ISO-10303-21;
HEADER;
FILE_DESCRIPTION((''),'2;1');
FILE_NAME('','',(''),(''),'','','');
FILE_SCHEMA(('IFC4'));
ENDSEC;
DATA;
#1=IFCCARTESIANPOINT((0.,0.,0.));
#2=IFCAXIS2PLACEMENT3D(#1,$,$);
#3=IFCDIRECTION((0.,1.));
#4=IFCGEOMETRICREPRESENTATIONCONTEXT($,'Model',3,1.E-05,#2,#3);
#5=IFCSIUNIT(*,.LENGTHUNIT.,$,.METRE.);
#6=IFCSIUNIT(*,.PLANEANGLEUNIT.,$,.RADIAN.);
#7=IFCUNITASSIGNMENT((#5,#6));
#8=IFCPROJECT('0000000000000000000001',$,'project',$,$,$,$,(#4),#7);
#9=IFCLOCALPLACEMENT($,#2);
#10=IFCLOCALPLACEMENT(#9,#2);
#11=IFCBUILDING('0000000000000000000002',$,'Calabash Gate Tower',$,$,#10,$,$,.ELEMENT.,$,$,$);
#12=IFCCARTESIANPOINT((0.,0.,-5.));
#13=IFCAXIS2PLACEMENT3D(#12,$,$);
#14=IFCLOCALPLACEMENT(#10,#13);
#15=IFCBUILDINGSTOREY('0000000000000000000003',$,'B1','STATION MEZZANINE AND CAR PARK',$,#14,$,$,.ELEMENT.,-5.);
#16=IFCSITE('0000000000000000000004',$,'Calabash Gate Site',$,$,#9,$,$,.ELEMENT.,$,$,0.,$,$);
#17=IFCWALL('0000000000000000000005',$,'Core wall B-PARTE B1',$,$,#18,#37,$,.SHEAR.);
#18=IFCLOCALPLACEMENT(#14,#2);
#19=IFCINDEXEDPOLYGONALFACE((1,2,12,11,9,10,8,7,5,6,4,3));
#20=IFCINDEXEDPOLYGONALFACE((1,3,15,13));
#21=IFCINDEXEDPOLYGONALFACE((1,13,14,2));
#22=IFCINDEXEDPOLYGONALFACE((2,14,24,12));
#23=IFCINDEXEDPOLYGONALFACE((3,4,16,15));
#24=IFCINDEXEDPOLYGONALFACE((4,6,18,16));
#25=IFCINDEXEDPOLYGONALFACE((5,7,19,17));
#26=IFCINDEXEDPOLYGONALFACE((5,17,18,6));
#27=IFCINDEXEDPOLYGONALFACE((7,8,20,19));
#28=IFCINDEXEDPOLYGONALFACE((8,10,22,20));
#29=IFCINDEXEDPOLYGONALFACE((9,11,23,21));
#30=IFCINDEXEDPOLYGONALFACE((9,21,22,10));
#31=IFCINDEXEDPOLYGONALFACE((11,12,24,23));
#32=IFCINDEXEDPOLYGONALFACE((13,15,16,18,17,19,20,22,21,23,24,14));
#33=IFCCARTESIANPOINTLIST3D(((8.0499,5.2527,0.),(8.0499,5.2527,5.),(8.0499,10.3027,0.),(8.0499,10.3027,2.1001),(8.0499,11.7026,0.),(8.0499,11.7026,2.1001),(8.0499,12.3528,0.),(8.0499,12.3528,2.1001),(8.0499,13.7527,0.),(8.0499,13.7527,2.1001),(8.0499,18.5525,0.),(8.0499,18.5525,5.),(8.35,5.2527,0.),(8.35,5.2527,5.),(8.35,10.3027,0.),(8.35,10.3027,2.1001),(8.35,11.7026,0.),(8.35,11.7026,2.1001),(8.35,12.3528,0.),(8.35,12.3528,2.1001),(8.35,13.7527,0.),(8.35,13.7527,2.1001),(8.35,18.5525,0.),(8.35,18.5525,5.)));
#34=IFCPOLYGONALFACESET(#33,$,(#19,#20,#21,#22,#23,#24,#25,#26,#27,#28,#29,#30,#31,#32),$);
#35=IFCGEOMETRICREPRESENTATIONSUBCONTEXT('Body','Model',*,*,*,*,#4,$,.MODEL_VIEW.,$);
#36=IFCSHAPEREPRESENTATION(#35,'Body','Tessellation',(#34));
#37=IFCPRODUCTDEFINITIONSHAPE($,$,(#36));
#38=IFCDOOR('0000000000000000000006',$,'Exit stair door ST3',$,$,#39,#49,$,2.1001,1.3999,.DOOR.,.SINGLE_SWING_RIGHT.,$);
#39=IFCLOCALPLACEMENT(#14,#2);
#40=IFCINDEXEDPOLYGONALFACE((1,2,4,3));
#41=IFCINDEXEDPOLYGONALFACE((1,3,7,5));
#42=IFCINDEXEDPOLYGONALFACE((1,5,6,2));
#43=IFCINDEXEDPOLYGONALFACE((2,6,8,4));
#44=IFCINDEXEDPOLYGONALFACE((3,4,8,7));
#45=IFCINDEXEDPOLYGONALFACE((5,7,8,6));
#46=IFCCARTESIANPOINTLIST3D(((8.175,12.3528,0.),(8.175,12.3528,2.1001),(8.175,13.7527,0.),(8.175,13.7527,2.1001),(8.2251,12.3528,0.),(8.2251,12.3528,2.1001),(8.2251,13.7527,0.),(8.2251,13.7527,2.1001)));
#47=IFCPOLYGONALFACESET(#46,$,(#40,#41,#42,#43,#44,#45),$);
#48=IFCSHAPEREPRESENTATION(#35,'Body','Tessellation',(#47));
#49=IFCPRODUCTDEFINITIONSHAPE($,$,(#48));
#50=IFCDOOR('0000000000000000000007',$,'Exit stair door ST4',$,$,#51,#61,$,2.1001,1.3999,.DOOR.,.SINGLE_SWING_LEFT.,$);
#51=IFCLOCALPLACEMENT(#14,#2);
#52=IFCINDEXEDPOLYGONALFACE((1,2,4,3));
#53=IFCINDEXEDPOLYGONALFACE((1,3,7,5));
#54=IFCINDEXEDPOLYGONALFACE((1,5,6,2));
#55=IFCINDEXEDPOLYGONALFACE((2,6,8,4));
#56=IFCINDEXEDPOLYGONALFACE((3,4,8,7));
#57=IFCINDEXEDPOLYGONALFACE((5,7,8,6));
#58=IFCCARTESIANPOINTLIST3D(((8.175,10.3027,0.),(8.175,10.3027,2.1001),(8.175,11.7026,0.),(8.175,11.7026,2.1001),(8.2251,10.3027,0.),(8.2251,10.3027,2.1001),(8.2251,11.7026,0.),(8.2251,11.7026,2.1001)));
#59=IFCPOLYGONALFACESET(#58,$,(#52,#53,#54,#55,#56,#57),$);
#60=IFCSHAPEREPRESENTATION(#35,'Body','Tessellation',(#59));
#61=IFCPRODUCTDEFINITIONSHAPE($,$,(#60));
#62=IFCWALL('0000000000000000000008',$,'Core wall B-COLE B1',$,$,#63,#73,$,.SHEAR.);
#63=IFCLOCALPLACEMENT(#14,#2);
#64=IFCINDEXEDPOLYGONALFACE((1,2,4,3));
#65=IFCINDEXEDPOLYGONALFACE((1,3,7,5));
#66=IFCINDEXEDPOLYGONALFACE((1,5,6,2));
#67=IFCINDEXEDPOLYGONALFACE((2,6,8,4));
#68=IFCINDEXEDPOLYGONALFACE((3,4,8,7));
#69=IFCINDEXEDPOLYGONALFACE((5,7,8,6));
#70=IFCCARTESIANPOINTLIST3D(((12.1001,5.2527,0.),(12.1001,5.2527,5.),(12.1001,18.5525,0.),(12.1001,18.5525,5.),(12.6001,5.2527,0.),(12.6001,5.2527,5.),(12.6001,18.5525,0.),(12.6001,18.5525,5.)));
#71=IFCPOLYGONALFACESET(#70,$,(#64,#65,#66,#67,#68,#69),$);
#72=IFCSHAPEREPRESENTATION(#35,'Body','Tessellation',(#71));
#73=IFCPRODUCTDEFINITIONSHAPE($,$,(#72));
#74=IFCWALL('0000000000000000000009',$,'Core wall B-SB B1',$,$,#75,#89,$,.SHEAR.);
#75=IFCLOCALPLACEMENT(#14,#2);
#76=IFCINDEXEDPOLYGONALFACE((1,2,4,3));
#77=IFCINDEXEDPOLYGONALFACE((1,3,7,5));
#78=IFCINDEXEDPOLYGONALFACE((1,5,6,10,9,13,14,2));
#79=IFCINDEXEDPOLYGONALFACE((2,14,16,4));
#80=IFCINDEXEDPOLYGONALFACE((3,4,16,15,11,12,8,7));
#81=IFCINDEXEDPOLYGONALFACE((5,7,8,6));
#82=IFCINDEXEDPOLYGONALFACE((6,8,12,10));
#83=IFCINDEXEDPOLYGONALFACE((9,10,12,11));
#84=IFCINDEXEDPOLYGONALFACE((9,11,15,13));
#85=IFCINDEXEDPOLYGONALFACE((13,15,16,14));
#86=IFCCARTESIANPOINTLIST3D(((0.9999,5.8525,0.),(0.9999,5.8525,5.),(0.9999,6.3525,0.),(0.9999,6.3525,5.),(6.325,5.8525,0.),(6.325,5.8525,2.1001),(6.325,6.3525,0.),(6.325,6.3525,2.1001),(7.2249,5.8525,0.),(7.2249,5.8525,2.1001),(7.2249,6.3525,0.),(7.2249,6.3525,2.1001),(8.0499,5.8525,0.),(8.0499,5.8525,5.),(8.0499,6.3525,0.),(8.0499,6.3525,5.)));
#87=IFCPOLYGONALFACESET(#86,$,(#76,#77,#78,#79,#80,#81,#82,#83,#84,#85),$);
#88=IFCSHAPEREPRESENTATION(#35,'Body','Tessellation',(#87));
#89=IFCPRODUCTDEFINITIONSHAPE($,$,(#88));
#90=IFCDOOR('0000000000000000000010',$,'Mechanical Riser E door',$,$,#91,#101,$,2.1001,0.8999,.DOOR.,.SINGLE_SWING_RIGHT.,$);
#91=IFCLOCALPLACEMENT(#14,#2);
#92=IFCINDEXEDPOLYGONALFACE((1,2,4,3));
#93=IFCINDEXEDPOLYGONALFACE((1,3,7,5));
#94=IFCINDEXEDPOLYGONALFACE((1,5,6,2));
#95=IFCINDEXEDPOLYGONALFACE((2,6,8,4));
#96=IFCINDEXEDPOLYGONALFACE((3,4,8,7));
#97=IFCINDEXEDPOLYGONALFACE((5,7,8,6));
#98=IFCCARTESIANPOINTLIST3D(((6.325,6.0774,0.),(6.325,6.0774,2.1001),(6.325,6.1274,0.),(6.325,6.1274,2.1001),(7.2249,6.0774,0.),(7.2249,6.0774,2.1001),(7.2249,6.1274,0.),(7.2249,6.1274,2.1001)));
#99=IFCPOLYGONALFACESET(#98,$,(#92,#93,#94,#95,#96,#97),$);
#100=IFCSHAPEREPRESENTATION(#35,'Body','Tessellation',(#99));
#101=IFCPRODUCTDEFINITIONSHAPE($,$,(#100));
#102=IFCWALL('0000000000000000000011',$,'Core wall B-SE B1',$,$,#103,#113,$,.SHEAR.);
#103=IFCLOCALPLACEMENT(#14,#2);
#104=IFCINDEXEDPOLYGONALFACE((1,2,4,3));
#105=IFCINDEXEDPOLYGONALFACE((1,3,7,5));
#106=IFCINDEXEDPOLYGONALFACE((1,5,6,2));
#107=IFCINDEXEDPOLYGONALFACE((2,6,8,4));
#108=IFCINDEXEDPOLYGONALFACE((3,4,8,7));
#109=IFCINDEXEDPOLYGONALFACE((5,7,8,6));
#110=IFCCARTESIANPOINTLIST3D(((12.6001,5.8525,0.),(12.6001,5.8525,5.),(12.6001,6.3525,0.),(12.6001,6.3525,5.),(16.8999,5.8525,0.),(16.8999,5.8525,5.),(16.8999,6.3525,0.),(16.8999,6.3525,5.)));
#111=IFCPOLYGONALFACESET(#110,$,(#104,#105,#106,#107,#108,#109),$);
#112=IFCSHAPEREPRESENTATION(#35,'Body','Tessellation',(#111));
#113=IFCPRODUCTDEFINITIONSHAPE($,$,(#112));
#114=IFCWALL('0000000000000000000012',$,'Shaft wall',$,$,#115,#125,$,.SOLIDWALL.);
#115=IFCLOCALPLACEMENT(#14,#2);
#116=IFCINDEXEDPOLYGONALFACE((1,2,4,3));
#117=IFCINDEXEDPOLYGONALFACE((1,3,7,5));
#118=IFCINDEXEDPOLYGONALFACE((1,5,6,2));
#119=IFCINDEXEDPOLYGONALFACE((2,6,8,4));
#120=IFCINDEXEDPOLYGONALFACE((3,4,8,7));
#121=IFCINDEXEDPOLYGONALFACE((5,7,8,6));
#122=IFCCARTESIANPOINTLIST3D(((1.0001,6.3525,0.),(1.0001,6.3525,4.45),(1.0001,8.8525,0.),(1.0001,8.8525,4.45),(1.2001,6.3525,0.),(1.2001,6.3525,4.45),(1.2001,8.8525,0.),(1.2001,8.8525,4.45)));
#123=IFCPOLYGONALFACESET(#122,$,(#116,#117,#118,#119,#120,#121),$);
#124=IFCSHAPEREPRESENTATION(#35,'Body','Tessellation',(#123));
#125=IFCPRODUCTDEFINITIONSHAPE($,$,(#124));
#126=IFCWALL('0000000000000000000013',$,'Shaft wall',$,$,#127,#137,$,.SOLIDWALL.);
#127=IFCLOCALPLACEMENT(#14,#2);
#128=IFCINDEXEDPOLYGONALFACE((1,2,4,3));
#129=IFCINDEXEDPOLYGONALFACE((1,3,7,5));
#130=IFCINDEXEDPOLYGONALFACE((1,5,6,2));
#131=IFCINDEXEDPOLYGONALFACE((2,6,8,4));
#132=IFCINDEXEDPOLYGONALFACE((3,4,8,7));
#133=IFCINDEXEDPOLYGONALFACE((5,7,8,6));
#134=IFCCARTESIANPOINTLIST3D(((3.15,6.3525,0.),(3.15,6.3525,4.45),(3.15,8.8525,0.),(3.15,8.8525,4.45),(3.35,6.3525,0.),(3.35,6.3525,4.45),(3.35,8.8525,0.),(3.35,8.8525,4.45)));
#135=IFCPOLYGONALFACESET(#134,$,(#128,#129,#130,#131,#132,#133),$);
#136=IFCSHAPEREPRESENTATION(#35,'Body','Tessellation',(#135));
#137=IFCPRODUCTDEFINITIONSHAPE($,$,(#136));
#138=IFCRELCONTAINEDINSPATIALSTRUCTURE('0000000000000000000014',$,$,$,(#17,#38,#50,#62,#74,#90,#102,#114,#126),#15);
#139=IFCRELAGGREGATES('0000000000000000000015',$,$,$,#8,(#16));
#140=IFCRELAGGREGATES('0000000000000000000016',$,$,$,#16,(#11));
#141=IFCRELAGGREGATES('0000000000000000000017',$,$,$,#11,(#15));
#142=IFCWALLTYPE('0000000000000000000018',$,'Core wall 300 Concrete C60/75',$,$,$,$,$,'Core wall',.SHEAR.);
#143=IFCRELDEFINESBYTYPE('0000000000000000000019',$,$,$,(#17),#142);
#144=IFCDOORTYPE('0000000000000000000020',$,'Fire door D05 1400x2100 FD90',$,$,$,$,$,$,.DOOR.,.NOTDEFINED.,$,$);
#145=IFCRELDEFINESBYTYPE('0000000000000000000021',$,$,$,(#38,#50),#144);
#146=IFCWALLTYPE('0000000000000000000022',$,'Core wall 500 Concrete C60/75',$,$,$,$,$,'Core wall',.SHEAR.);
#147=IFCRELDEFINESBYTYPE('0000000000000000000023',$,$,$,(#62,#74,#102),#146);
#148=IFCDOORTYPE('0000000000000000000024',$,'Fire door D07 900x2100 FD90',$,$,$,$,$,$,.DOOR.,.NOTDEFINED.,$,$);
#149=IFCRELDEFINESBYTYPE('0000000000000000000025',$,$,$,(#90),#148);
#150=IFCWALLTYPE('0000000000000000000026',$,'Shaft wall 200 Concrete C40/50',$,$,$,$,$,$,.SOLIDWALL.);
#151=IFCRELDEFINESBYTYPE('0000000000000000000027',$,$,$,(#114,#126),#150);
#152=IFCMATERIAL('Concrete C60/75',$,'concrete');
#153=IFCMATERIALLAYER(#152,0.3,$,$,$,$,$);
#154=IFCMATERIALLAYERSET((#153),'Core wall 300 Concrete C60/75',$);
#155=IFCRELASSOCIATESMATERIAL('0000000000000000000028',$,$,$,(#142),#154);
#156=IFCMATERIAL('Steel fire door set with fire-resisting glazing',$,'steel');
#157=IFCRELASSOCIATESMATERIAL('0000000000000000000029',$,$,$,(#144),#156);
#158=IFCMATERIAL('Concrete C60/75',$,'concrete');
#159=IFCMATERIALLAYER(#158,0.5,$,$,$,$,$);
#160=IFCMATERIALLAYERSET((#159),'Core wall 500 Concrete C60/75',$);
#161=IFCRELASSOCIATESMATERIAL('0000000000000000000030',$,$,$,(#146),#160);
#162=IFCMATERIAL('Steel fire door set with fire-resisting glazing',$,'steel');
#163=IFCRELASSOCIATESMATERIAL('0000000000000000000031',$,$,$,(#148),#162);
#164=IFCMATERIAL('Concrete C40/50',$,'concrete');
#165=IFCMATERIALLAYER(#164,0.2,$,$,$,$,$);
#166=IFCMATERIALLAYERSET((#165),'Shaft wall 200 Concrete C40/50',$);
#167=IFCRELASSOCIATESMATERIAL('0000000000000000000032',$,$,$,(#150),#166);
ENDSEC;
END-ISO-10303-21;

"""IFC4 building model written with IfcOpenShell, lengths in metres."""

from ifc_helpers import new_model, si_unit, direction, frame, frame_2d, origin, place, context, subcontext, project, spatial, rectangle, extrude, material, layer, layer_set, type_object, element, fill, save


model = new_model("IFC4")

# Units and contexts
model_context = context("Model", 3, precision=1e-05, world=origin(), true_north=direction((0.0, 1.0)))
body_context = subcontext(model_context, "Body", "Model", "MODEL_VIEW")
ifc_project = project(units=[si_unit("LENGTHUNIT", "METRE"), si_unit("PLANEANGLEUNIT", "RADIAN")], contexts=[model_context])

# Site, building, storey
site_placement = place(None, origin())
site = spatial("IfcSite", under=ifc_project, at=site_placement, Name="Calabash Gate Site", CompositionType="ELEMENT", RefElevation=0.0)
building_placement = place(site_placement, origin())
building = spatial("IfcBuilding", under=site, at=building_placement, Name="Calabash Gate Tower", CompositionType="ELEMENT")
storey_placement = place(building_placement, frame((0.0, 0.0, -5.0)))
storey = spatial("IfcBuildingStorey", under=building, at=storey_placement, Name="B1", Description="STATION MEZZANINE AND CAR PARK", CompositionType="ELEMENT", Elevation=-5.0)

# Wall, openings, doors
ifc_material_1 = material(Name="Concrete C60/75", Category="concrete")
ifc_layer_1 = layer(ifc_material_1, 0.3)
ifc_layer_set_1 = layer_set([ifc_layer_1], Name="Core wall 300 Concrete C60/75")
wall_type_1 = type_object("IfcWallType", Name="Core wall 300 Concrete C60/75", ElementType="Core wall", PredefinedType="SHEAR", material=ifc_layer_set_1)
wall_1_placement = place(storey_placement, frame((8.2, 5.2527, 0.0), z_axis=(0.0, 0.0, 1.0), x_axis=(0.0, 1.0, 0.0)))
wall_1 = element("IfcWall", 1, at=wall_1_placement, inside=storey, type_object=wall_type_1, Name="Core wall B-PARTE B1", PredefinedType="SHEAR", context=body_context, shape_type="SweptSolid", body=[
    extrude(rectangle(XDim=13.2998, YDim=0.3, at=frame_2d((6.6499, 0.0))), origin(), (0.0, 0.0, 1.0), 5.0),
])
opening_1_placement = place(wall_1_placement, frame((7.1001, 0.0, 0.0)))
opening_1 = element("IfcOpeningElement", 2, at=opening_1_placement, cuts=wall_1, PredefinedType="OPENING", context=body_context, shape_type="SweptSolid", body=[
    extrude(rectangle(XDim=1.3999, YDim=2.1001, at=frame_2d((0.7, 1.05))), frame((0.0, 0.1599, 0.0), z_axis=(0.0, -1.0, 0.0), x_axis=(1.0, 0.0, 0.0)), (0.0, 0.0, 1.0), 0.3201),
])
opening_2_placement = place(wall_1_placement, frame((5.05, 0.0, 0.0)))
opening_2 = element("IfcOpeningElement", 3, at=opening_2_placement, cuts=wall_1, PredefinedType="OPENING", context=body_context, shape_type="SweptSolid", body=[
    extrude(rectangle(XDim=1.3999, YDim=2.1001, at=frame_2d((0.7, 1.05))), frame((0.0, 0.1599, 0.0), z_axis=(0.0, -1.0, 0.0), x_axis=(1.0, 0.0, 0.0)), (0.0, 0.0, 1.0), 0.3201),
])
ifc_material_2 = material(Name="Steel fire door set with fire-resisting glazing", Category="steel")
door_type_1 = type_object("IfcDoorType", Name="Fire door D05 1400x2100 FD90", OperationType="NOTDEFINED", PredefinedType="DOOR", material=ifc_material_2)
door_1_placement = place(opening_1_placement, origin())
door_1 = element("IfcDoor", 4, at=door_1_placement, inside=storey, type_object=door_type_1, Name="Exit stair door ST3", OperationType="SINGLE_SWING_RIGHT", OverallHeight=2.1001, OverallWidth=1.3999, PredefinedType="DOOR", context=body_context, shape_type="SweptSolid", body=[
    extrude(rectangle(XDim=1.3999, YDim=2.1001, at=frame_2d((0.7, 1.05))), frame((0.0, 0.0249, 0.0), z_axis=(0.0, -1.0, 0.0), x_axis=(1.0, 0.0, 0.0)), (0.0, 0.0, 1.0), 0.05),
])
fill(opening_1, door_1)
door_2_placement = place(opening_2_placement, origin())
door_2 = element("IfcDoor", 5, at=door_2_placement, inside=storey, type_object=door_type_1, Name="Exit stair door ST4", OperationType="SINGLE_SWING_LEFT", OverallHeight=2.1001, OverallWidth=1.3999, PredefinedType="DOOR", context=body_context, shape_type="SweptSolid", body=[
    extrude(rectangle(XDim=1.3999, YDim=2.1001, at=frame_2d((0.7, 1.05))), frame((0.0, 0.0249, 0.0), z_axis=(0.0, -1.0, 0.0), x_axis=(1.0, 0.0, 0.0)), (0.0, 0.0, 1.0), 0.05),
])
fill(opening_2, door_2)

# Wall
ifc_material_3 = material(Name="Concrete C60/75", Category="concrete")
ifc_layer_2 = layer(ifc_material_3, 0.5)
ifc_layer_set_2 = layer_set([ifc_layer_2], Name="Core wall 500 Concrete C60/75")
wall_type_2 = type_object("IfcWallType", Name="Core wall 500 Concrete C60/75", ElementType="Core wall", PredefinedType="SHEAR", material=ifc_layer_set_2)
wall_2_placement = place(storey_placement, frame((12.3501, 5.2527, 0.0), z_axis=(0.0, 0.0, 1.0), x_axis=(0.0, 1.0, 0.0)))
element("IfcWall", 6, at=wall_2_placement, inside=storey, type_object=wall_type_2, Name="Core wall B-COLE B1", PredefinedType="SHEAR", context=body_context, shape_type="SweptSolid", body=[
    extrude(rectangle(XDim=13.2998, YDim=0.5, at=frame_2d((6.6499, 0.0))), origin(), (0.0, 0.0, 1.0), 5.0),
])

# Wall, opening, door
wall_3_placement = place(storey_placement, frame((1.0, 6.1025, 0.0), z_axis=(0.0, 0.0, 1.0), x_axis=(1.0, 0.0, 0.0)))
wall_3 = element("IfcWall", 7, at=wall_3_placement, inside=storey, type_object=wall_type_2, Name="Core wall B-SB B1", PredefinedType="SHEAR", context=body_context, shape_type="SweptSolid", body=[
    extrude(rectangle(XDim=7.05, YDim=0.5, at=frame_2d((3.5249, 0.0))), origin(), (0.0, 0.0, 1.0), 5.0),
])
opening_3_placement = place(wall_3_placement, frame((5.325, 0.0, 0.0)))
opening_3 = element("IfcOpeningElement", 8, at=opening_3_placement, cuts=wall_3, PredefinedType="OPENING", context=body_context, shape_type="SweptSolid", body=[
    extrude(rectangle(XDim=0.8999, YDim=2.1001, at=frame_2d((0.45, 1.05))), frame((0.0, 0.26, 0.0), z_axis=(0.0, -1.0, 0.0), x_axis=(1.0, 0.0, 0.0)), (0.0, 0.0, 1.0), 0.52),
])
ifc_material_4 = material(Name="Steel fire door set with fire-resisting glazing", Category="steel")
door_type_2 = type_object("IfcDoorType", Name="Fire door D07 900x2100 FD90", OperationType="NOTDEFINED", PredefinedType="DOOR", material=ifc_material_4)
door_3_placement = place(opening_3_placement, origin())
door_3 = element("IfcDoor", 9, at=door_3_placement, inside=storey, type_object=door_type_2, Name="Mechanical Riser E door", OperationType="SINGLE_SWING_RIGHT", OverallHeight=2.1001, OverallWidth=0.8999, PredefinedType="DOOR", context=body_context, shape_type="SweptSolid", body=[
    extrude(rectangle(XDim=0.8999, YDim=2.1001, at=frame_2d((0.45, 1.05))), frame((0.0, 0.0249, 0.0), z_axis=(0.0, -1.0, 0.0), x_axis=(1.0, 0.0, 0.0)), (0.0, 0.0, 1.0), 0.05),
])
fill(opening_3, door_3)

# Walls
wall_4_placement = place(storey_placement, frame((12.6001, 6.1025, 0.0), z_axis=(0.0, 0.0, 1.0), x_axis=(1.0, 0.0, 0.0)))
element("IfcWall", 10, at=wall_4_placement, inside=storey, type_object=wall_type_2, Name="Core wall B-SE B1", PredefinedType="SHEAR", context=body_context, shape_type="SweptSolid", body=[
    extrude(rectangle(XDim=4.2998, YDim=0.5, at=frame_2d((2.1499, 0.0))), origin(), (0.0, 0.0, 1.0), 5.0),
])
ifc_material_5 = material(Name="Concrete C40/50", Category="concrete")
ifc_layer_3 = layer(ifc_material_5, 0.2)
ifc_layer_set_3 = layer_set([ifc_layer_3], Name="Shaft wall 200 Concrete C40/50")
wall_type_3 = type_object("IfcWallType", Name="Shaft wall 200 Concrete C40/50", PredefinedType="SOLIDWALL", material=ifc_layer_set_3)
for number, where, z_axis, x_axis, name in (
    (11, (1.1001, 6.3525, 0.0), (0.0, 0.0, 1.0), (0.0, 1.0, 0.0), "Shaft wall"),
    (12, (3.25, 6.3525, 0.0), (0.0, 0.0, 1.0), (0.0, 1.0, 0.0), "Shaft wall"),
):
    element("IfcWall", number, at=place(storey_placement, frame(where, z_axis=z_axis, x_axis=x_axis)), inside=storey, type_object=wall_type_3, Name=name, PredefinedType="SOLIDWALL", context=body_context, shape_type="SweptSolid", body=[
        extrude(rectangle(XDim=2.5, YDim=0.2, at=frame_2d((1.25, 0.0))), origin(), (0.0, 0.0, 1.0), 4.45),
    ])

save(model, "model.ifc")
